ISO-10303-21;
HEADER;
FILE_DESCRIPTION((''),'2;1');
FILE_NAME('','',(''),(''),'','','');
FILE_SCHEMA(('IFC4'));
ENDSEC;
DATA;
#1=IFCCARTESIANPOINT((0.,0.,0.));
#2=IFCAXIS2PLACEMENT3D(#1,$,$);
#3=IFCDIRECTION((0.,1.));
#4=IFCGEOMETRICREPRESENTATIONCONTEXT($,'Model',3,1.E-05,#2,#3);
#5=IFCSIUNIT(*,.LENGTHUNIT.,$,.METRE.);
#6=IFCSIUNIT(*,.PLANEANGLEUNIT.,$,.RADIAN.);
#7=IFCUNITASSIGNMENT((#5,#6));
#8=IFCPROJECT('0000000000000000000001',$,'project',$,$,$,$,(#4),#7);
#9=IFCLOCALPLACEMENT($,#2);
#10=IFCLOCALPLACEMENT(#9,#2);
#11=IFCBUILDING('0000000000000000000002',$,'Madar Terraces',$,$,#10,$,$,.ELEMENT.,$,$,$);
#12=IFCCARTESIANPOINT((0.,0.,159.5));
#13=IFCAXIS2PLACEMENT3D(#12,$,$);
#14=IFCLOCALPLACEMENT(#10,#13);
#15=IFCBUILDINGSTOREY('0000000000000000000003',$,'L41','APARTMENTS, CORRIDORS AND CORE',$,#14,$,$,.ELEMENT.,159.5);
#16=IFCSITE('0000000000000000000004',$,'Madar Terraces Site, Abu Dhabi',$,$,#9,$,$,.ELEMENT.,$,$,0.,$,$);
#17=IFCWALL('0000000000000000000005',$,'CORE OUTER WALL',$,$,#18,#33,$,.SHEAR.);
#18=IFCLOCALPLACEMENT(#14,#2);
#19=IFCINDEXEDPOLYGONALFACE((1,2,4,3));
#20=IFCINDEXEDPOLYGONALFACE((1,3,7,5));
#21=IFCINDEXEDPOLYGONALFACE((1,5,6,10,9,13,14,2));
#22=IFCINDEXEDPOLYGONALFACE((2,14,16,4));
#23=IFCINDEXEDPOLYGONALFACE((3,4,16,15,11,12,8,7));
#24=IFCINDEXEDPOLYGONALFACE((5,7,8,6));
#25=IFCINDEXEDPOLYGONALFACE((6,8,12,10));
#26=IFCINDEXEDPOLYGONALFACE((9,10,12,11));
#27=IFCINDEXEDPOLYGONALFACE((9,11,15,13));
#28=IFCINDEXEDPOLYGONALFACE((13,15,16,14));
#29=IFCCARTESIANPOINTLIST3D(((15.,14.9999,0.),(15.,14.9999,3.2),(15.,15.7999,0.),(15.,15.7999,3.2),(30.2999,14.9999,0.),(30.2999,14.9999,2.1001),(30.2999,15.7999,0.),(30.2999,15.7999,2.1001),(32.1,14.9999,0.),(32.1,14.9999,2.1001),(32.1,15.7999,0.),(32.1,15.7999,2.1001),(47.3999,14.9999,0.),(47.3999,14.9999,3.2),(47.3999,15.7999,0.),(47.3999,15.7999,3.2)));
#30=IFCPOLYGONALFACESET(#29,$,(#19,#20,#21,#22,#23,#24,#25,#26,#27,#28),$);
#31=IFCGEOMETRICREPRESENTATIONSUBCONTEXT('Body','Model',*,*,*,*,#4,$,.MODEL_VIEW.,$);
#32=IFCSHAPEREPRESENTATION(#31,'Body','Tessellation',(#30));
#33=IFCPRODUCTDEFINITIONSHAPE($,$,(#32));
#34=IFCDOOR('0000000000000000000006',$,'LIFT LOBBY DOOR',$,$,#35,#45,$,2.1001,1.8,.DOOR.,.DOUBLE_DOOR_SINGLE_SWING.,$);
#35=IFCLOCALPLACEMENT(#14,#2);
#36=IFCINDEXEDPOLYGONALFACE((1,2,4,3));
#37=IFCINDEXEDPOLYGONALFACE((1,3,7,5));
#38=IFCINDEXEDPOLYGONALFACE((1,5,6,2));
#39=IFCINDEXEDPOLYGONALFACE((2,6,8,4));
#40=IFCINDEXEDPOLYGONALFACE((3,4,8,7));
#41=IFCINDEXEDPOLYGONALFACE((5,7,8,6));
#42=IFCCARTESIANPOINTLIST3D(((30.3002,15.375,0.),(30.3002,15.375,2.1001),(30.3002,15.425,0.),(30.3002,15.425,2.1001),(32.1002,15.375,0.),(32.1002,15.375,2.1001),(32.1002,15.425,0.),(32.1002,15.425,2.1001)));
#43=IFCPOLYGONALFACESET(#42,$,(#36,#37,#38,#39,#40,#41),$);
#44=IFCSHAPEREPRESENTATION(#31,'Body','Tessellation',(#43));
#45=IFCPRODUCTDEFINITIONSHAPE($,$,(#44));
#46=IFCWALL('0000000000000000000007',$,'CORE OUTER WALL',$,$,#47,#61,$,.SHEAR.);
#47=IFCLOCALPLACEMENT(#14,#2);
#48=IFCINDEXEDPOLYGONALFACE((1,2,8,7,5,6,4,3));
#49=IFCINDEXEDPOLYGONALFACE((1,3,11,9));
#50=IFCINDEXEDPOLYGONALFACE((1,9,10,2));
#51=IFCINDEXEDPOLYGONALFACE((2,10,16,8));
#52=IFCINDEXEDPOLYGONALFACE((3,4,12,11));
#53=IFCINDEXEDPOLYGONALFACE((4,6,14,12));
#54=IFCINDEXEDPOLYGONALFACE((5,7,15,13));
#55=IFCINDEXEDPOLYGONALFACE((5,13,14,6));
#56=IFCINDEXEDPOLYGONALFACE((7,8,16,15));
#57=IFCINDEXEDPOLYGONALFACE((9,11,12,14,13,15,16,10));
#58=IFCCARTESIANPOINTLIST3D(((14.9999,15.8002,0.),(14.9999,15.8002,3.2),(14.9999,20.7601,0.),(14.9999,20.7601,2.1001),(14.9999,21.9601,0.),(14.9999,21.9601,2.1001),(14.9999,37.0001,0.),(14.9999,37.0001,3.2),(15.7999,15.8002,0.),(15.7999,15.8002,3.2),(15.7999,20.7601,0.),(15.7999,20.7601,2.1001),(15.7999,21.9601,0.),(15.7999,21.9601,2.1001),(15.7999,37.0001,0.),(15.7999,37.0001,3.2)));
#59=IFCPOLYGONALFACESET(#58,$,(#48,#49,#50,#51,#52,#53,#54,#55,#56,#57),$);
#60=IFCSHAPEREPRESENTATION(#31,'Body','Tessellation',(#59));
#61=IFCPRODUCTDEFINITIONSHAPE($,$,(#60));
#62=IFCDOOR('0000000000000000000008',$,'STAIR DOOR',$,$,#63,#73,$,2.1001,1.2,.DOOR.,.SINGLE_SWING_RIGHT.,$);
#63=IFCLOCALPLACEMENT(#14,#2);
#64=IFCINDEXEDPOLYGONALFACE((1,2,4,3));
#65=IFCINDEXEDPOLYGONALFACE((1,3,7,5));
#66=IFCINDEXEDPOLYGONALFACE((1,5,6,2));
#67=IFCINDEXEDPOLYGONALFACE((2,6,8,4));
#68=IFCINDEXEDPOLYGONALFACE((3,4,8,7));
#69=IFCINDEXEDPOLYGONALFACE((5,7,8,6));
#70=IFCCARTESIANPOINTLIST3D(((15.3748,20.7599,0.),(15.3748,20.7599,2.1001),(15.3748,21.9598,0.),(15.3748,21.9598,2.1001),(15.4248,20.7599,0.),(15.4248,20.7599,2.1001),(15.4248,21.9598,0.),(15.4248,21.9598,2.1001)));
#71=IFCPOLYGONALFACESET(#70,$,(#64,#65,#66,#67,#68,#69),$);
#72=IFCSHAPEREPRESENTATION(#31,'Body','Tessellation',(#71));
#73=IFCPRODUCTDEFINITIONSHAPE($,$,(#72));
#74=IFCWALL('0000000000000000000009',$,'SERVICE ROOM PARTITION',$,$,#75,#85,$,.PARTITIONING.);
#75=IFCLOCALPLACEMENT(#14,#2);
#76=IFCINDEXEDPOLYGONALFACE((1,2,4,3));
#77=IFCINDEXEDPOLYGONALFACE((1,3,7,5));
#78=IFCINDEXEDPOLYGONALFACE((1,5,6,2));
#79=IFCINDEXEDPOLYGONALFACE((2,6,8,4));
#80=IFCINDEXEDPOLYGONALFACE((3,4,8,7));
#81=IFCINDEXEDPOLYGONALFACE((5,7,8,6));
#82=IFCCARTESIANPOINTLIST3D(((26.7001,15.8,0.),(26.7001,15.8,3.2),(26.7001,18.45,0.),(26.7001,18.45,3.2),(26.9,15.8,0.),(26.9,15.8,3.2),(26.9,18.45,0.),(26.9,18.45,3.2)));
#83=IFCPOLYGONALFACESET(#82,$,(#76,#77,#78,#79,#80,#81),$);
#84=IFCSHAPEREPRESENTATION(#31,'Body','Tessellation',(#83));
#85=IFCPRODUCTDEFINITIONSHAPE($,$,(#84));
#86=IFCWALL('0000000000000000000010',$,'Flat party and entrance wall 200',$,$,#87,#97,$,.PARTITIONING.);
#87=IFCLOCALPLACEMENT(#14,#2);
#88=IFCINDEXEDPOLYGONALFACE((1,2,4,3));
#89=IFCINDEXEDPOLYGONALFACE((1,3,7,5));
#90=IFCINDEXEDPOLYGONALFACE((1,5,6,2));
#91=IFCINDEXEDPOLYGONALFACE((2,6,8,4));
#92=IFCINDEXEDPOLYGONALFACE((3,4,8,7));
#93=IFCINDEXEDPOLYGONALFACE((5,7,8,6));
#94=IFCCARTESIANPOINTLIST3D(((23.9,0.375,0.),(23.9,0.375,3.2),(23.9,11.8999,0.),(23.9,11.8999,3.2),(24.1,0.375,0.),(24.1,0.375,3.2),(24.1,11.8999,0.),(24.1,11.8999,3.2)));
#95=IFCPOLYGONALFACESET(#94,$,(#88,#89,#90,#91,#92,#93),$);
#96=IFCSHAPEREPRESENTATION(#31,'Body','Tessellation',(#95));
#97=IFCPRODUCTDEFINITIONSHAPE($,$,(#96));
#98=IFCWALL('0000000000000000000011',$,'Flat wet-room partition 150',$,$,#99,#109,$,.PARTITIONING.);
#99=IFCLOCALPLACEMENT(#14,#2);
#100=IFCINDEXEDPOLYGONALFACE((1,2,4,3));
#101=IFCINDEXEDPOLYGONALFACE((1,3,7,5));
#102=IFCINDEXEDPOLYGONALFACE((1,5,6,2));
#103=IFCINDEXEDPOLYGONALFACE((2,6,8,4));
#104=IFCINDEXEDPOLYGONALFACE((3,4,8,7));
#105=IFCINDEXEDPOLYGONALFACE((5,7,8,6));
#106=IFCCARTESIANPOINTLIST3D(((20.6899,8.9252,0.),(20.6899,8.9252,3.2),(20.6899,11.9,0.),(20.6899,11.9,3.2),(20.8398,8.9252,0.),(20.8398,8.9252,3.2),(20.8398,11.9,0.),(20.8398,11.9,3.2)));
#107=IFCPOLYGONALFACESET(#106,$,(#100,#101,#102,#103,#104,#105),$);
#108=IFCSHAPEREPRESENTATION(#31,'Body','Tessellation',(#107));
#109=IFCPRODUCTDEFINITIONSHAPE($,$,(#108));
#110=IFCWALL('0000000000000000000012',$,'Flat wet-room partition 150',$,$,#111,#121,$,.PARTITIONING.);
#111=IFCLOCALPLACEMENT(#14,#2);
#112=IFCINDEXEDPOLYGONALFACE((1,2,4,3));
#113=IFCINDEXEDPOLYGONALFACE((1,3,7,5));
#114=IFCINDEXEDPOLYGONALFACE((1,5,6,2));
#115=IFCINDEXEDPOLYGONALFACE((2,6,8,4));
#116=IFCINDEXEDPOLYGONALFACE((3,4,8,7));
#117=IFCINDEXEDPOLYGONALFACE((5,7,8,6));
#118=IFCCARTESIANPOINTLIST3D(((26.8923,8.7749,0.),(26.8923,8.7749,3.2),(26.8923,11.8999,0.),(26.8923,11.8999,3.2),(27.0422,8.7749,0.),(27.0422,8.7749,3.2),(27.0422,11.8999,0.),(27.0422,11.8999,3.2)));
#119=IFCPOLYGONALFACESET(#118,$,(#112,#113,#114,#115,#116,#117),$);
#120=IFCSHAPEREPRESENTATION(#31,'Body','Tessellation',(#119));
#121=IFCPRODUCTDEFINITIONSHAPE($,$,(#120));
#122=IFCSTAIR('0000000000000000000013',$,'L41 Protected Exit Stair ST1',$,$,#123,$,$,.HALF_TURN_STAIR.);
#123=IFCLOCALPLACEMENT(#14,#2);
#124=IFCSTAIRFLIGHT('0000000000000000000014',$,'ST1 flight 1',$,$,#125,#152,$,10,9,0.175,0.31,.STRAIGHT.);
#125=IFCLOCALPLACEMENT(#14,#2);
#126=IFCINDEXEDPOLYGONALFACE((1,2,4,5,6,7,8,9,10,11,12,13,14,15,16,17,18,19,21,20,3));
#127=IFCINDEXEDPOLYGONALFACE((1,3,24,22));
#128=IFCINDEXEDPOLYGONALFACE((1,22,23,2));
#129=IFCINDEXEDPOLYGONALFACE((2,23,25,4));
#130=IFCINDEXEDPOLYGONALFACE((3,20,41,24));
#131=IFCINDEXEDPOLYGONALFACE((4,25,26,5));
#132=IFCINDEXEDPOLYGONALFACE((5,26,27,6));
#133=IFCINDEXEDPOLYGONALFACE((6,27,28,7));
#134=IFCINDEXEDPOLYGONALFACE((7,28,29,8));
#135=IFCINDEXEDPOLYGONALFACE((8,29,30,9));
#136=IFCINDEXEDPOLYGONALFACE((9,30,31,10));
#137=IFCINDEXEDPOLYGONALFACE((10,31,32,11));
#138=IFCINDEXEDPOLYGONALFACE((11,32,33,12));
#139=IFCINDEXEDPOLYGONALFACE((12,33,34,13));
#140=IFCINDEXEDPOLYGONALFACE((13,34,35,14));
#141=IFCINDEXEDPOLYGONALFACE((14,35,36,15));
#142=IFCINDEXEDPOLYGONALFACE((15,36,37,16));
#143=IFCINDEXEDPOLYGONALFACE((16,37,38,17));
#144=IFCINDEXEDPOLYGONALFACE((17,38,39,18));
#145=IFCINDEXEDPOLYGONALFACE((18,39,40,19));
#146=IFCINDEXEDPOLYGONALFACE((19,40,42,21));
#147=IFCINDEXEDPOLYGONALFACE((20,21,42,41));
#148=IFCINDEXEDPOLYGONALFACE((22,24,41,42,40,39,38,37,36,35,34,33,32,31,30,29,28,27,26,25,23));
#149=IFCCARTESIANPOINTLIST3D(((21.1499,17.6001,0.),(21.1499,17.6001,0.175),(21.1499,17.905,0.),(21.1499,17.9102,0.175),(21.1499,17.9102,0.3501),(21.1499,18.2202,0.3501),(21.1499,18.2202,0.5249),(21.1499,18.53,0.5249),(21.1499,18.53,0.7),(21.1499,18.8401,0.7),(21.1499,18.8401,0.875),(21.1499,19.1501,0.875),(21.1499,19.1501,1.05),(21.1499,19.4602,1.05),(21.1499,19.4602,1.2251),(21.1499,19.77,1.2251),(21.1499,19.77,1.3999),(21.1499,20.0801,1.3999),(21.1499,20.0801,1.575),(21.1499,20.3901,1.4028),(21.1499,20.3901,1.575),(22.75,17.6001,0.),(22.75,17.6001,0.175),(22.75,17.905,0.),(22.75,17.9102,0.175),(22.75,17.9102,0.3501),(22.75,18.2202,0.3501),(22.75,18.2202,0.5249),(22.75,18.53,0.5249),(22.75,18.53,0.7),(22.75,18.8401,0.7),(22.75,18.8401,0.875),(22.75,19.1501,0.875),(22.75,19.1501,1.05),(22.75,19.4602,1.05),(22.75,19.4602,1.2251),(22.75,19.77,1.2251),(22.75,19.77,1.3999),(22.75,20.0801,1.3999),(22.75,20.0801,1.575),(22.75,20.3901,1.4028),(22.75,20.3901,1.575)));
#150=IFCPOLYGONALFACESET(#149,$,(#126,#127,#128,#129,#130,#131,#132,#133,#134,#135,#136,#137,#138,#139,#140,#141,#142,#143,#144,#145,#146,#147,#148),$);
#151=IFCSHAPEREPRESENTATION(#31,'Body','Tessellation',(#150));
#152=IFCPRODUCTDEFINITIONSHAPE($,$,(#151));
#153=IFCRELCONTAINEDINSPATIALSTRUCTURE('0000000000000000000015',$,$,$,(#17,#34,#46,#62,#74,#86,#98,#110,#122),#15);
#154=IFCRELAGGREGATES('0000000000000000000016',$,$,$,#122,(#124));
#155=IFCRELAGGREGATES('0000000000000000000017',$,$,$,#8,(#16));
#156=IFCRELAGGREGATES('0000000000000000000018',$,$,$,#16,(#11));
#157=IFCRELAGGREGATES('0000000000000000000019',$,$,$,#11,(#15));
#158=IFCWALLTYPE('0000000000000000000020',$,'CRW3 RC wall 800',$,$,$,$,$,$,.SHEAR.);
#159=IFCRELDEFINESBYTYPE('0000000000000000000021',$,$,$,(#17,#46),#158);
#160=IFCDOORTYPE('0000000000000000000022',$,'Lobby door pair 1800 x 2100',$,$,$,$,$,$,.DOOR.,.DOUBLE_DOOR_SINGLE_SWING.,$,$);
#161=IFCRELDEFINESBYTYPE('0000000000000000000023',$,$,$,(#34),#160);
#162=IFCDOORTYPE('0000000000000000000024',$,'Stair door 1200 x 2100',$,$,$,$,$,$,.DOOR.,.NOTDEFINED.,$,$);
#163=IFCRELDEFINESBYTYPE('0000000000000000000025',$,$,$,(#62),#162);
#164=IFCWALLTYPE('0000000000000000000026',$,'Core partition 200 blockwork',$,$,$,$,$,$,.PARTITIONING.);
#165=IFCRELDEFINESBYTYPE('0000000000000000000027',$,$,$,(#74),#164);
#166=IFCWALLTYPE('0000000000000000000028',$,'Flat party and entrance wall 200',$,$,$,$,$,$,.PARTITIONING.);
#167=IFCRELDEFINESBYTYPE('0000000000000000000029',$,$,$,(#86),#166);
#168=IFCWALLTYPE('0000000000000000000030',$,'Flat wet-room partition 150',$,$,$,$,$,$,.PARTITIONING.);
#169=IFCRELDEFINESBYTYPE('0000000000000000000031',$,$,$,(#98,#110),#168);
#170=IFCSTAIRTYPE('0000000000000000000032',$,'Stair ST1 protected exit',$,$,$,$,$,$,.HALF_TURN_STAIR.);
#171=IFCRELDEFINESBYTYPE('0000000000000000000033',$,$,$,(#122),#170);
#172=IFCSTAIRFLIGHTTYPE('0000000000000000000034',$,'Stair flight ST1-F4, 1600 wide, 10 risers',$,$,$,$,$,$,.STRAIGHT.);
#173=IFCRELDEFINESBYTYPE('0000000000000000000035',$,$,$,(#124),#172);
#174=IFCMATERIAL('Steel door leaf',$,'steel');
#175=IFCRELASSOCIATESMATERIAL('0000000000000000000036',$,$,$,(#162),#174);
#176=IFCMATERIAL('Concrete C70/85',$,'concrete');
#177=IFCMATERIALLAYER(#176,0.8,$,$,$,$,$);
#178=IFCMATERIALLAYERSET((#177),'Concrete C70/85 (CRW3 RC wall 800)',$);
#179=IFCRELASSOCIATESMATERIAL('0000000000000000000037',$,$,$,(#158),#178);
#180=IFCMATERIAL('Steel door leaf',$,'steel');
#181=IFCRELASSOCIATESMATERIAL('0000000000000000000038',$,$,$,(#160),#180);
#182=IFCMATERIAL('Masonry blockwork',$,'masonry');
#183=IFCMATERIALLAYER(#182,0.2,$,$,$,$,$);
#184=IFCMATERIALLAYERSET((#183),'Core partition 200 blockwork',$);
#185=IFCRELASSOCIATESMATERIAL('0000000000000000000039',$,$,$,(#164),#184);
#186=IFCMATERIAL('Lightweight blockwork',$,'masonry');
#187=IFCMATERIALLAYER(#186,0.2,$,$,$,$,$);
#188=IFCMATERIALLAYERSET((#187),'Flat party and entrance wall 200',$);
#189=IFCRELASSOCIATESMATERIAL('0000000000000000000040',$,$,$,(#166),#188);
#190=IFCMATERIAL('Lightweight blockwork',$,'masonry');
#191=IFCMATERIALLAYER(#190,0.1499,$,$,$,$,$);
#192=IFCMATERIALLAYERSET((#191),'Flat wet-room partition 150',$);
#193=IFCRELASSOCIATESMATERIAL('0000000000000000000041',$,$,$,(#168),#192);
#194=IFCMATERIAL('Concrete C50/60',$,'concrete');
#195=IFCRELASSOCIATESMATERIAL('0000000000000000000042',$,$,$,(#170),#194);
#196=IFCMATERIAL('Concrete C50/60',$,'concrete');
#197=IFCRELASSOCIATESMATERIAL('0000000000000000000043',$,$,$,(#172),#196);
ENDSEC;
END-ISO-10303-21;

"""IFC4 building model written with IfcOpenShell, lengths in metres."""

from ifc_helpers import new_model, si_unit, direction, frame, frame_2d, origin, place, context, subcontext, project, spatial, polyline, rectangle, outline, extrude, material, layer, layer_set, type_object, element, fill, aggregate, save


model = new_model("IFC4")

# Units and contexts
model_context = context("Model", 3, precision=1e-05, world=origin(), true_north=direction((0.0, 1.0)))
body_context = subcontext(model_context, "Body", "Model", "MODEL_VIEW")
ifc_project = project(units=[si_unit("LENGTHUNIT", "METRE"), si_unit("PLANEANGLEUNIT", "RADIAN")], contexts=[model_context])

# Site, building, storey
site_placement = place(None, origin())
site = spatial("IfcSite", under=ifc_project, at=site_placement, Name="Madar Terraces Site, Abu Dhabi", CompositionType="ELEMENT", RefElevation=0.0)
building_placement = place(site_placement, origin())
building = spatial("IfcBuilding", under=site, at=building_placement, Name="Madar Terraces", CompositionType="ELEMENT")
storey_placement = place(building_placement, frame((0.0, 0.0, 159.5)))
storey = spatial("IfcBuildingStorey", under=building, at=storey_placement, Name="L41", Description="APARTMENTS, CORRIDORS AND CORE", CompositionType="ELEMENT", Elevation=159.5)

# Shared definitions
ifc_material_1 = material(Name="Steel door leaf", Category="steel")
door_type_1 = type_object("IfcDoorType", Name="Stair door 1200 x 2100", OperationType="NOTDEFINED", PredefinedType="DOOR", material=ifc_material_1)

# Walls, openings, doors
ifc_material_2 = material(Name="Concrete C70/85", Category="concrete")
ifc_layer_1 = layer(ifc_material_2, 0.8)
ifc_layer_set_1 = layer_set([ifc_layer_1], Name="Concrete C70/85 (CRW3 RC wall 800)")
wall_type_1 = type_object("IfcWallType", Name="CRW3 RC wall 800", PredefinedType="SHEAR", material=ifc_layer_set_1)
wall_1_placement = place(storey_placement, frame((15.0, 15.3999, 0.0), z_axis=(0.0, 0.0, 1.0), x_axis=(1.0, 0.0, 0.0)))
wall_1 = element("IfcWall", 1, at=wall_1_placement, inside=storey, type_object=wall_type_1, Name="CORE OUTER WALL", PredefinedType="SHEAR", context=body_context, shape_type="SweptSolid", body=[
    extrude(rectangle(XDim=32.3999, YDim=0.8, at=frame_2d((16.2, 0.0))), origin(), (0.0, 0.0, 1.0), 3.2),
])
opening_1_placement = place(wall_1_placement, frame((15.3, 0.0, 0.0)))
opening_1 = element("IfcOpeningElement", 2, at=opening_1_placement, cuts=wall_1, PredefinedType="OPENING", context=body_context, shape_type="SweptSolid", body=[
    extrude(rectangle(XDim=1.8, YDim=2.1001, at=frame_2d((0.8999, 1.05))), frame((0.0, 0.4099, 0.0), z_axis=(0.0, -1.0, 0.0), x_axis=(1.0, 0.0, 0.0)), (0.0, 0.0, 1.0), 0.8201),
])
ifc_material_3 = material(Name="Steel door leaf", Category="steel")
door_type_2 = type_object("IfcDoorType", Name="Lobby door pair 1800 x 2100", OperationType="DOUBLE_DOOR_SINGLE_SWING", PredefinedType="DOOR", material=ifc_material_3)
door_1_placement = place(opening_1_placement, frame((1.8, 0.0, 0.0), z_axis=(0.0, 0.0, 1.0), x_axis=(-1.0, 0.0, 0.0)))
door_1 = element("IfcDoor", 3, at=door_1_placement, inside=storey, type_object=door_type_2, Name="LIFT LOBBY DOOR", OperationType="DOUBLE_DOOR_SINGLE_SWING", OverallHeight=2.1001, OverallWidth=1.8, PredefinedType="DOOR", context=body_context, shape_type="SweptSolid", body=[
    extrude(rectangle(XDim=1.8, YDim=2.1001, at=frame_2d((0.8999, 1.05))), frame((0.0, 0.0249, 0.0), z_axis=(0.0, -1.0, 0.0), x_axis=(1.0, 0.0, 0.0)), (0.0, 0.0, 1.0), 0.05),
])
fill(opening_1, door_1)
wall_2_placement = place(storey_placement, frame((15.3999, 15.8, 0.0), z_axis=(0.0, 0.0, 1.0), x_axis=(0.0, 1.0, 0.0)))
wall_2 = element("IfcWall", 4, at=wall_2_placement, inside=storey, type_object=wall_type_1, Name="CORE OUTER WALL", PredefinedType="SHEAR", context=body_context, shape_type="SweptSolid", body=[
    extrude(rectangle(XDim=21.2, YDim=0.8, at=frame_2d((10.6001, 0.0))), origin(), (0.0, 0.0, 1.0), 3.2),
])
opening_2_placement = place(wall_2_placement, frame((4.96, 0.0, 0.0)))
opening_2 = element("IfcOpeningElement", 5, at=opening_2_placement, cuts=wall_2, PredefinedType="OPENING", context=body_context, shape_type="SweptSolid", body=[
    extrude(rectangle(XDim=1.2, YDim=2.1001, at=frame_2d((0.6001, 1.05))), frame((0.0, 0.4099, 0.0), z_axis=(0.0, -1.0, 0.0), x_axis=(1.0, 0.0, 0.0)), (0.0, 0.0, 1.0), 0.8201),
])
door_2_placement = place(opening_2_placement, frame((1.2, 0.0, 0.0), z_axis=(0.0, 0.0, 1.0), x_axis=(-1.0, 0.0, 0.0)))
door_2 = element("IfcDoor", 6, at=door_2_placement, inside=storey, type_object=door_type_1, Name="STAIR DOOR", OperationType="SINGLE_SWING_RIGHT", OverallHeight=2.1001, OverallWidth=1.2, PredefinedType="DOOR", context=body_context, shape_type="SweptSolid", body=[
    extrude(rectangle(XDim=1.2, YDim=2.1001, at=frame_2d((0.6001, 1.05))), frame((0.0, 0.0249, 0.0), z_axis=(0.0, -1.0, 0.0), x_axis=(1.0, 0.0, 0.0)), (0.0, 0.0, 1.0), 0.05),
])
fill(opening_2, door_2)

# Walls
ifc_material_4 = material(Name="Masonry blockwork", Category="masonry")
ifc_layer_2 = layer(ifc_material_4, 0.2)
ifc_layer_set_2 = layer_set([ifc_layer_2], Name="Core partition 200 blockwork")
wall_type_2 = type_object("IfcWallType", Name="Core partition 200 blockwork", PredefinedType="PARTITIONING", material=ifc_layer_set_2)
wall_3_placement = place(storey_placement, frame((26.8, 15.8, 0.0), z_axis=(0.0, 0.0, 1.0), x_axis=(0.0, 1.0, 0.0)))
element("IfcWall", 7, at=wall_3_placement, inside=storey, type_object=wall_type_2, Name="SERVICE ROOM PARTITION", PredefinedType="PARTITIONING", context=body_context, shape_type="SweptSolid", body=[
    extrude(rectangle(XDim=2.6499, YDim=0.2, at=frame_2d((1.325, 0.0))), origin(), (0.0, 0.0, 1.0), 3.2),
])
ifc_material_5 = material(Name="Lightweight blockwork", Category="masonry")
ifc_layer_3 = layer(ifc_material_5, 0.2)
ifc_layer_set_3 = layer_set([ifc_layer_3], Name="Flat party and entrance wall 200")
wall_type_3 = type_object("IfcWallType", Name="Flat party and entrance wall 200", PredefinedType="PARTITIONING", material=ifc_layer_set_3)
wall_4_placement = place(storey_placement, frame((24.0, 11.8999, 0.0), z_axis=(0.0, 0.0, 1.0), x_axis=(0.0, -1.0, 0.0)))
element("IfcWall", 8, at=wall_4_placement, inside=storey, type_object=wall_type_3, Name="Flat party and entrance wall 200", PredefinedType="PARTITIONING", context=body_context, shape_type="SweptSolid", body=[
    extrude(rectangle(XDim=11.5249, YDim=0.2, at=frame_2d((5.7625, 0.0))), origin(), (0.0, 0.0, 1.0), 3.2),
])
ifc_material_6 = material(Name="Lightweight blockwork", Category="masonry")
ifc_layer_4 = layer(ifc_material_6, 0.1499)
ifc_layer_set_4 = layer_set([ifc_layer_4], Name="Flat wet-room partition 150")
wall_type_4 = type_object("IfcWallType", Name="Flat wet-room partition 150", PredefinedType="PARTITIONING", material=ifc_layer_set_4)
wall_5_placement = place(storey_placement, frame((20.7649, 11.8999, 0.0), z_axis=(0.0, 0.0, 1.0), x_axis=(0.0, -1.0, 0.0)))
element("IfcWall", 9, at=wall_5_placement, inside=storey, type_object=wall_type_4, Name="Flat wet-room partition 150", PredefinedType="PARTITIONING", context=body_context, shape_type="SweptSolid", body=[
    extrude(rectangle(XDim=2.9749, YDim=0.1499, at=frame_2d((1.4873, 0.0))), origin(), (0.0, 0.0, 1.0), 3.2),
])
wall_6_placement = place(storey_placement, frame((26.9673, 11.8999, 0.0), z_axis=(0.0, 0.0, 1.0), x_axis=(0.0, -1.0, 0.0)))
element("IfcWall", 10, at=wall_6_placement, inside=storey, type_object=wall_type_4, Name="Flat wet-room partition 150", PredefinedType="PARTITIONING", context=body_context, shape_type="SweptSolid", body=[
    extrude(rectangle(XDim=3.125, YDim=0.1499, at=frame_2d((1.5625, 0.0))), origin(), (0.0, 0.0, 1.0), 3.2),
])

# Stair, stair flight
ifc_material_7 = material(Name="Concrete C50/60", Category="concrete")
stair_type = type_object("IfcStairType", Name="Stair ST1 protected exit", PredefinedType="HALF_TURN_STAIR", material=ifc_material_7)
stair_placement = place(storey_placement, origin())
stair = element("IfcStair", 11, at=stair_placement, inside=storey, type_object=stair_type, Name="L41 Protected Exit Stair ST1", PredefinedType="HALF_TURN_STAIR")
ifc_material_8 = material(Name="Concrete C50/60", Category="concrete")
stair_flight_type = type_object("IfcStairFlightType", Name="Stair flight ST1-F4, 1600 wide, 10 risers", PredefinedType="STRAIGHT", material=ifc_material_8)
stair_flight_1_placement = place(storey_placement, frame((21.95, 17.6001, 0.0), z_axis=(0.0, 0.0, 1.0), x_axis=(0.0, 1.0, 0.0)))
stair_flight_1 = element("IfcStairFlight", 12, at=stair_flight_1_placement, type_object=stair_flight_type, Name="ST1 flight 1", NumberOfRisers=10, NumberOfTreads=9, PredefinedType="STRAIGHT", RiserHeight=0.175, TreadLength=0.31, context=body_context, shape_type="SweptSolid", body=[
    extrude(outline(polyline([(0.0, 0.0), (0.0, 0.175), (0.3101, 0.175), (0.3101, 0.3501), (0.6201, 0.3501), (0.6201, 0.5249), (0.9299, 0.5249), (0.9299, 0.7), (1.24, 0.7), (1.24, 0.875), (1.55, 0.875), (1.55, 1.05), (1.8601, 1.05), (1.8601, 1.2251), (2.1699, 1.2251), (2.1699, 1.3999), (2.48, 1.3999), (2.48, 1.575), (2.79, 1.575), (2.79, 1.75), (2.79, 1.4028), (0.3049, 0.0), (0.0, 0.0)])), frame((0.0, 0.8, 0.0), z_axis=(0.0, -1.0, 0.0), x_axis=(1.0, 0.0, 0.0)), (0.0, 0.0, 1.0), 1.6001),
])
aggregate(stair, [stair_flight_1])

save(model, "model.ifc")
